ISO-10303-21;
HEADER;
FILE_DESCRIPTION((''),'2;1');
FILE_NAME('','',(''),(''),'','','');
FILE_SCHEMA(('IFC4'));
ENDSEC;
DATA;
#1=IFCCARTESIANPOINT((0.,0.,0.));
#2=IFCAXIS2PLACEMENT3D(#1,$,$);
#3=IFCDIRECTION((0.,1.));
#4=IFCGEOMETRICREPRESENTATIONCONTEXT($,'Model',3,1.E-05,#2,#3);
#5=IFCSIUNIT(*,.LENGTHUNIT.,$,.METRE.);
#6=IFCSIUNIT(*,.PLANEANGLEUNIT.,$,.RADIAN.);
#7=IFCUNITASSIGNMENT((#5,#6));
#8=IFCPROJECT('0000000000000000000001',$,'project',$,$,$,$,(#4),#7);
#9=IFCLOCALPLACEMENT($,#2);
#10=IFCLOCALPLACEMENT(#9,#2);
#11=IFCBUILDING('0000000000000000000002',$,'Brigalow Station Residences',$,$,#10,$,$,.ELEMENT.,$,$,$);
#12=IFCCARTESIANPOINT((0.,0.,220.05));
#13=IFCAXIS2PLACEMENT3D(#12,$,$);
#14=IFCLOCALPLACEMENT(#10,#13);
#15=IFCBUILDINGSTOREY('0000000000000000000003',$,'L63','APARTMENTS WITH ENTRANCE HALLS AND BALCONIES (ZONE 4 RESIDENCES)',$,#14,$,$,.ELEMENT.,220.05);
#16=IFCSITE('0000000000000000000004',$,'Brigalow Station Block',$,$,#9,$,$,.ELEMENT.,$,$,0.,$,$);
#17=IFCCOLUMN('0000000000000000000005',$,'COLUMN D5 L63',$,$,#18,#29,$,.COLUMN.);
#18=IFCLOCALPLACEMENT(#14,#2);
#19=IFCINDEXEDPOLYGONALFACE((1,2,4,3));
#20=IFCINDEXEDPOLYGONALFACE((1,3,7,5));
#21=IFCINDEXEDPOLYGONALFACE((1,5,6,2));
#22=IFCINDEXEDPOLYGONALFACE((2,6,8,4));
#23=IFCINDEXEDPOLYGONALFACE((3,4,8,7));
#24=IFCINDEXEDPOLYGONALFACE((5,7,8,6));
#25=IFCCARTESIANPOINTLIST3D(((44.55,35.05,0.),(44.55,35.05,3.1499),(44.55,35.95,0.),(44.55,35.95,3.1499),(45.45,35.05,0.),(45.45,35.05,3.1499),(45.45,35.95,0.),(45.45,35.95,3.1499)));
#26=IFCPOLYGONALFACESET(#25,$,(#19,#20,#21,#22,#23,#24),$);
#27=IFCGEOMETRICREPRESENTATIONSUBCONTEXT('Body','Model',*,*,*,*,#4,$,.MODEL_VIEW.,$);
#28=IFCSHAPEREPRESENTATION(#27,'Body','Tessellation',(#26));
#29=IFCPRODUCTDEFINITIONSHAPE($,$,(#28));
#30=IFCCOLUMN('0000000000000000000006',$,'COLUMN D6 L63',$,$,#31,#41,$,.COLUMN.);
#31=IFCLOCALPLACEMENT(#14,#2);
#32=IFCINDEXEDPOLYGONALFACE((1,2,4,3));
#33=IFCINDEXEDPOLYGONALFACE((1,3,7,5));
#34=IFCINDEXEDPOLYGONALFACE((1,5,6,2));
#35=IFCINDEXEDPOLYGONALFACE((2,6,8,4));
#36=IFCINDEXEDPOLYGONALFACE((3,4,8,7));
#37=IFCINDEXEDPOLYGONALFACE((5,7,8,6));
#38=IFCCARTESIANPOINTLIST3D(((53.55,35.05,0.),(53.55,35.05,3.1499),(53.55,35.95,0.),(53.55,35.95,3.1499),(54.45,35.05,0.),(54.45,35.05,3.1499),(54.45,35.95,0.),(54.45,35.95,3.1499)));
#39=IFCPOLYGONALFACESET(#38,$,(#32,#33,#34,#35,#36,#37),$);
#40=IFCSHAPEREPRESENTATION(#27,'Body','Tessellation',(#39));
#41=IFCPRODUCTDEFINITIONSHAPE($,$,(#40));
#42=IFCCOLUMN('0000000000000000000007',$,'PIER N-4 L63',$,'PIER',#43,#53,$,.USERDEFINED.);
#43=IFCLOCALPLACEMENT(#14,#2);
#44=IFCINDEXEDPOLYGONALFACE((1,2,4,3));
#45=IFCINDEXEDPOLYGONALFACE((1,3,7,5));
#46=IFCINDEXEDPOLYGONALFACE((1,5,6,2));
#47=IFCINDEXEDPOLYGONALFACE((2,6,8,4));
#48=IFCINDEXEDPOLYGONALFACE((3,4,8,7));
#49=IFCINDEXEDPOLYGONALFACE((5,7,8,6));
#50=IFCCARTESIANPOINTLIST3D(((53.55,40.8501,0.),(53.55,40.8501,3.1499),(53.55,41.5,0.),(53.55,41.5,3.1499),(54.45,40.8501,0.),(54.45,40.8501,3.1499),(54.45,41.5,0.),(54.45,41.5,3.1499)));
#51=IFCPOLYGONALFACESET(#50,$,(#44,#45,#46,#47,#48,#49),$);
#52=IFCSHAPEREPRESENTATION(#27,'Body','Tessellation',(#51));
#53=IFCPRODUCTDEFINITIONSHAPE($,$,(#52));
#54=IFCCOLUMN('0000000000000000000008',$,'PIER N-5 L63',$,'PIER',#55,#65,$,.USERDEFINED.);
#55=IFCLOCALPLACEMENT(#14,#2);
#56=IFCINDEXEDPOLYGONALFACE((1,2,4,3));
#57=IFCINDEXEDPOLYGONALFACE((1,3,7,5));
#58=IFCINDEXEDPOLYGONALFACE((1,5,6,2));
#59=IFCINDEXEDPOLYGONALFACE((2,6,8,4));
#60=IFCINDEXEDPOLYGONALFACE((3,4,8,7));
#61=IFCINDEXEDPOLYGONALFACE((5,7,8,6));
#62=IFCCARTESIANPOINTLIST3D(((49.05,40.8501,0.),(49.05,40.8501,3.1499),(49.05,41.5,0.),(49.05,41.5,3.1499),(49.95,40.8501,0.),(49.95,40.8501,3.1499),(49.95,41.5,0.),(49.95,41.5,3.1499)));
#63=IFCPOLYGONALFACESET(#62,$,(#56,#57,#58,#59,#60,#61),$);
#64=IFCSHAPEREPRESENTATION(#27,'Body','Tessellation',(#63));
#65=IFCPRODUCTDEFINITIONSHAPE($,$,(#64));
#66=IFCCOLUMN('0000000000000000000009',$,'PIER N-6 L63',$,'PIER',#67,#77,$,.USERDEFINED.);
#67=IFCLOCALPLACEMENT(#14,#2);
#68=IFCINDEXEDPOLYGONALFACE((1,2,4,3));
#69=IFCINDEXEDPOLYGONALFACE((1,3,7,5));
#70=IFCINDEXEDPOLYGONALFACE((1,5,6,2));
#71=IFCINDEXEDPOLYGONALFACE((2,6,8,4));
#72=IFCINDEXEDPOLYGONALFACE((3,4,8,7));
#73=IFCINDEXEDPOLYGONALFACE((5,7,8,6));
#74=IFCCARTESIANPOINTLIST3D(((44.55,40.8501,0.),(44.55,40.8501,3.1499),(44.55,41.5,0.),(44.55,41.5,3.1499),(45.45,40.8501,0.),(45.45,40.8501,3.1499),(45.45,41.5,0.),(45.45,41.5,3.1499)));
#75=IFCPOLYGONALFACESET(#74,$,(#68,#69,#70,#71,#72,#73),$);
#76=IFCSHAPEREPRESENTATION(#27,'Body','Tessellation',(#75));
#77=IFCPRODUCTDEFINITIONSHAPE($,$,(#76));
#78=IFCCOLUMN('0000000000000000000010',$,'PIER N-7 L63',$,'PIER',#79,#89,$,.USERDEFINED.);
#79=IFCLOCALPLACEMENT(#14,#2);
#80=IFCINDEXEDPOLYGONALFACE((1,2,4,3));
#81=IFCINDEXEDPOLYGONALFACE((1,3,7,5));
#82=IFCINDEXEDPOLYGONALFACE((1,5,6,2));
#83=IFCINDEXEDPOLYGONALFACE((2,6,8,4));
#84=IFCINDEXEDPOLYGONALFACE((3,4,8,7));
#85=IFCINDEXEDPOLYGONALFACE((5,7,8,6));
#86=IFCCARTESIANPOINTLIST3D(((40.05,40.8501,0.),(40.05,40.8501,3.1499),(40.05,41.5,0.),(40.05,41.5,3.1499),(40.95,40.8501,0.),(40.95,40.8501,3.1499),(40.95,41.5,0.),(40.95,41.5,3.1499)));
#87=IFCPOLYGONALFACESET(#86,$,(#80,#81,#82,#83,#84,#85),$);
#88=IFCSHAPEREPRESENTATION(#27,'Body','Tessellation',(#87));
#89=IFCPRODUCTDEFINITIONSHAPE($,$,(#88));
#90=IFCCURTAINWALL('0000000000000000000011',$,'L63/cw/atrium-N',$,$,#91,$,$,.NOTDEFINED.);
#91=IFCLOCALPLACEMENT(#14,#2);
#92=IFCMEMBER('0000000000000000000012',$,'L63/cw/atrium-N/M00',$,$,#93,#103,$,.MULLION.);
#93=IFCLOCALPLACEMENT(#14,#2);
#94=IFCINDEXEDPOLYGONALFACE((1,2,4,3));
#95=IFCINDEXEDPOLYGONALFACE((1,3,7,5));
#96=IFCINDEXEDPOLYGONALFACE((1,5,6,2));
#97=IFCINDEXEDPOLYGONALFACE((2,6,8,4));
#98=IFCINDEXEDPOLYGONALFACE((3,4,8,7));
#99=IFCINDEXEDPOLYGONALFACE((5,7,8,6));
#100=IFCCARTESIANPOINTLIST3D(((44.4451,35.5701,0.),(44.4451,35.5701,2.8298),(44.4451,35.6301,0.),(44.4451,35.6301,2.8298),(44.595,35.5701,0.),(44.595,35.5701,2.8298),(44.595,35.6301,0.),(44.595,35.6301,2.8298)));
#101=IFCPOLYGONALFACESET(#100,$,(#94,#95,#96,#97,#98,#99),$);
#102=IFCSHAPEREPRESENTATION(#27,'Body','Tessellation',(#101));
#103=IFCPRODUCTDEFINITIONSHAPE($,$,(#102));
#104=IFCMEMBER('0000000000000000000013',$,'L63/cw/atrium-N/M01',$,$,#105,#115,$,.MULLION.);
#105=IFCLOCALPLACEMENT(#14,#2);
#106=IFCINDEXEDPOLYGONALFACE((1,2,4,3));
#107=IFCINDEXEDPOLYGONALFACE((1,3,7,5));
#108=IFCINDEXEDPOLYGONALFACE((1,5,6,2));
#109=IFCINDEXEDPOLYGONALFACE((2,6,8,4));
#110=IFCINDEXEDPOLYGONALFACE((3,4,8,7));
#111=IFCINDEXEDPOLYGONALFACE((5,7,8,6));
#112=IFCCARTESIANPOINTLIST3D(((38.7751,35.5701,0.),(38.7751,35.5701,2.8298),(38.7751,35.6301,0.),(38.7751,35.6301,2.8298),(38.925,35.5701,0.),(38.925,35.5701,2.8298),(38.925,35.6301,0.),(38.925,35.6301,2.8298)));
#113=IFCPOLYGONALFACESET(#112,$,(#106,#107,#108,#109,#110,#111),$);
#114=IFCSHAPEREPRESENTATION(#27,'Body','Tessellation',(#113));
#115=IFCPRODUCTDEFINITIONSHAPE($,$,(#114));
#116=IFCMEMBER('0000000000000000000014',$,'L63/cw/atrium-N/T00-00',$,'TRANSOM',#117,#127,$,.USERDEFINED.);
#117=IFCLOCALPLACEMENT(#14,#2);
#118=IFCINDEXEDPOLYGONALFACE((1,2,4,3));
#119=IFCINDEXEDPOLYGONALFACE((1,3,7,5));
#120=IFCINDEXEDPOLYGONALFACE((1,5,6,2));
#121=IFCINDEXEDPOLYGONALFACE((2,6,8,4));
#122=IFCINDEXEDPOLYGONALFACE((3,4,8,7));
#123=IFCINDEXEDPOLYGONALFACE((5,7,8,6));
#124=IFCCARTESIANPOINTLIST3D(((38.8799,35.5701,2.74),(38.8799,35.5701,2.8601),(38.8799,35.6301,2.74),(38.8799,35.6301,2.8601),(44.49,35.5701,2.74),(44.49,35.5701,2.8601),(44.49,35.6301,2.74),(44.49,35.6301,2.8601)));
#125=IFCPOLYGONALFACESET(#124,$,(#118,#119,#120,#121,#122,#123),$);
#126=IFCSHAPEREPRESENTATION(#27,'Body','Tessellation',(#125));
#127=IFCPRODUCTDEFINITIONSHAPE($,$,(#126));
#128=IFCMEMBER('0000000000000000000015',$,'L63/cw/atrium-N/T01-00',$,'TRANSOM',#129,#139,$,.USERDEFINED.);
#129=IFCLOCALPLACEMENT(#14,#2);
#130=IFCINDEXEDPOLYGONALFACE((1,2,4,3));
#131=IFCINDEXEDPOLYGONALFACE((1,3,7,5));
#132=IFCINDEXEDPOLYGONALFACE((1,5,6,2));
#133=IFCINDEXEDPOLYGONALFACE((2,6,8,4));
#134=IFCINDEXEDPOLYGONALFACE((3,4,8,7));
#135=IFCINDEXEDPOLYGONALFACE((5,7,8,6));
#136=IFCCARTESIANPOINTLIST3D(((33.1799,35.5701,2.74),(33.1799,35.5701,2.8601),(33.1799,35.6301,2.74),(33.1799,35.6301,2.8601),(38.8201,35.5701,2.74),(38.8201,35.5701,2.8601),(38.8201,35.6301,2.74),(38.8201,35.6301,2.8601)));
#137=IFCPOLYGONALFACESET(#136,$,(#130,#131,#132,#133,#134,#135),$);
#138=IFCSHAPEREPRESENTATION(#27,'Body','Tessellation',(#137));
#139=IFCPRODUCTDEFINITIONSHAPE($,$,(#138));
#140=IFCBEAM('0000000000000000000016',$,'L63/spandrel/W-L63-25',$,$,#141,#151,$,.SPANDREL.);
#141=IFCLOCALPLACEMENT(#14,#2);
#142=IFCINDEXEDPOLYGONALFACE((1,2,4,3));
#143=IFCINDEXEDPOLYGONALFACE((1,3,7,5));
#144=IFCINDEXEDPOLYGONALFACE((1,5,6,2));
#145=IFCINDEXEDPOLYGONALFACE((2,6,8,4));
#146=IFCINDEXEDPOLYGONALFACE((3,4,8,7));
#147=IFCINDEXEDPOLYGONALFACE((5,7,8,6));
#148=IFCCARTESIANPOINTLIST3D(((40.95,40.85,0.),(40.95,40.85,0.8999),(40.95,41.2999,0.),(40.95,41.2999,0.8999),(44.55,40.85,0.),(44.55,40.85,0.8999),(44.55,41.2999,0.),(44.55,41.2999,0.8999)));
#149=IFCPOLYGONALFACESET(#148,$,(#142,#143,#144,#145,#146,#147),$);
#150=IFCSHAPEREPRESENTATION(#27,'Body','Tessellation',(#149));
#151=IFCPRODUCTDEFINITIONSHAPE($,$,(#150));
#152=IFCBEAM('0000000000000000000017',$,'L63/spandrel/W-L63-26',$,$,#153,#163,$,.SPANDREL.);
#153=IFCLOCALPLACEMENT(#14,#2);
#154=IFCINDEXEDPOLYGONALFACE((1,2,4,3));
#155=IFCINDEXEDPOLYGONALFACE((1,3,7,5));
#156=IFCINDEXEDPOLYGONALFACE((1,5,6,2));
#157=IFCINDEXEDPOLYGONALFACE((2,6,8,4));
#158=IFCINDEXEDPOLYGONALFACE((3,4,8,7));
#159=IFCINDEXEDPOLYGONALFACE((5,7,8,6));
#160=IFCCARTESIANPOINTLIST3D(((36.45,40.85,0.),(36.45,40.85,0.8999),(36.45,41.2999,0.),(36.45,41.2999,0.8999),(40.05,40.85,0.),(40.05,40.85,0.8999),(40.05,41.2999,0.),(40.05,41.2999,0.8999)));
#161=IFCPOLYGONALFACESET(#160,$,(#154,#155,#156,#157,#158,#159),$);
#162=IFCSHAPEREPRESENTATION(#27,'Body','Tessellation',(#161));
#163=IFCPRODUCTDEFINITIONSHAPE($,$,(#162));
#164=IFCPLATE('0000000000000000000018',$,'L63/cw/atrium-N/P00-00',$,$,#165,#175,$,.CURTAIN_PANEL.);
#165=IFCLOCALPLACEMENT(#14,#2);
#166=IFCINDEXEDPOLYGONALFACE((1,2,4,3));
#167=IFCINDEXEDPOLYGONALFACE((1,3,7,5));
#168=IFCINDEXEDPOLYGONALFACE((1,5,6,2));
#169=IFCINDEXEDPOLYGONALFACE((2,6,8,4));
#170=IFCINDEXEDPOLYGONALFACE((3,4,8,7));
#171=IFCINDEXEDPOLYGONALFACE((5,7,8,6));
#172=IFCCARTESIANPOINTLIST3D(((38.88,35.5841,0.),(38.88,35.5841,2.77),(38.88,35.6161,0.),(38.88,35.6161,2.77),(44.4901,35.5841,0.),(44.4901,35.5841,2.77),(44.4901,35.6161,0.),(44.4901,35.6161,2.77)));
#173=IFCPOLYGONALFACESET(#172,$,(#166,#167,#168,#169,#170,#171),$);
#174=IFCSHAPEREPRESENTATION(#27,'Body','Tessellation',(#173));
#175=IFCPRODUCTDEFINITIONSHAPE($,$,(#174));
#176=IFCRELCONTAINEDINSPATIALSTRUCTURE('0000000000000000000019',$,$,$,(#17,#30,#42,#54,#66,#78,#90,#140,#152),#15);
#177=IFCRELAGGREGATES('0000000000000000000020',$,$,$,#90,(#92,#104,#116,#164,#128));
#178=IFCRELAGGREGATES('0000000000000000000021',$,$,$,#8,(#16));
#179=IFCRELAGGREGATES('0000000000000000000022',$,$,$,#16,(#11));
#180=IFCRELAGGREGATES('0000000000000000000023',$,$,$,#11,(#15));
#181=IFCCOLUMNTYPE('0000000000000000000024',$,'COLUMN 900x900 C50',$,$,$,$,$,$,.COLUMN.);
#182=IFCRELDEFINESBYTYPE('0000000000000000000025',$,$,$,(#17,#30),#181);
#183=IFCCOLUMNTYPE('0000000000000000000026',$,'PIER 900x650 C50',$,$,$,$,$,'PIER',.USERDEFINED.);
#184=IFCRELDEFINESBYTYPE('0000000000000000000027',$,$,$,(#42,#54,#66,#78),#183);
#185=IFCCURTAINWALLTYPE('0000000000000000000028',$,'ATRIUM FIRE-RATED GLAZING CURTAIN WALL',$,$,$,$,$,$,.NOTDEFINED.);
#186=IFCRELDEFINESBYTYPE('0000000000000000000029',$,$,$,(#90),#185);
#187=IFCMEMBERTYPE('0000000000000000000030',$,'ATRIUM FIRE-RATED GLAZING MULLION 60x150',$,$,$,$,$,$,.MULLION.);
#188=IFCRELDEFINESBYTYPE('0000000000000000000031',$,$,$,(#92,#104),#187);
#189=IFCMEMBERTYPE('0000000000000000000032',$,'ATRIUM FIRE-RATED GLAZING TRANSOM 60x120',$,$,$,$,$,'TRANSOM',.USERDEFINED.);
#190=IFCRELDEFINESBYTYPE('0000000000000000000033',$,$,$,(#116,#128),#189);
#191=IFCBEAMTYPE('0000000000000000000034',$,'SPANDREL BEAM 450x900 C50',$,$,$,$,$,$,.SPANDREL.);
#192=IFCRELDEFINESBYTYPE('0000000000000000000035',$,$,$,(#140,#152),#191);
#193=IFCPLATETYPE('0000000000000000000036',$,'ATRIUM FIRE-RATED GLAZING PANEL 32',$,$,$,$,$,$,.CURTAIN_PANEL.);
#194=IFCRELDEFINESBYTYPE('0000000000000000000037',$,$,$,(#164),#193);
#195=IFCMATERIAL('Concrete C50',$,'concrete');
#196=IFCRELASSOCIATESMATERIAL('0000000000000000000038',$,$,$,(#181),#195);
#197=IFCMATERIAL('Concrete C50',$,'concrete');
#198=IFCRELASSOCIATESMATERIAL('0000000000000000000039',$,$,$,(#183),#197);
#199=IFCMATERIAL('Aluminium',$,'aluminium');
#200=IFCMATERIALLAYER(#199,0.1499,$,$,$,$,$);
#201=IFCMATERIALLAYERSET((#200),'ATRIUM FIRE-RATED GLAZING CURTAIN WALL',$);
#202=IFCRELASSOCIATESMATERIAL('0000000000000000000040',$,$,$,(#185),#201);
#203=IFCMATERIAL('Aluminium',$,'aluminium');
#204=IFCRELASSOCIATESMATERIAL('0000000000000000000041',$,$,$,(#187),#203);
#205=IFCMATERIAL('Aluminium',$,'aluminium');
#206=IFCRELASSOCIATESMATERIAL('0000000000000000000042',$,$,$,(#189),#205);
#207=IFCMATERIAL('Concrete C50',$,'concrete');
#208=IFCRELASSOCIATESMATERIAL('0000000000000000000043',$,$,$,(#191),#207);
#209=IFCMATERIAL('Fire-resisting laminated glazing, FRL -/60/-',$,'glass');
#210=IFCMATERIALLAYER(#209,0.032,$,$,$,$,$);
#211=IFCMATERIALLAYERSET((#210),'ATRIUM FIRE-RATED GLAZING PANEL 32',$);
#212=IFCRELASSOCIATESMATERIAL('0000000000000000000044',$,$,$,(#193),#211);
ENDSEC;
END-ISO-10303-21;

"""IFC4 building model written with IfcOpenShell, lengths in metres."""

from ifc_helpers import new_model, si_unit, direction, frame, origin, origin_2d, place, context, subcontext, project, spatial, rectangle, extrude, material, layer, layer_set, material_profile, profile_set, type_object, element, aggregate, save


model = new_model("IFC4")

# Units and contexts
model_context = context("Model", 3, precision=1e-05, world=origin(), true_north=direction((0.0, 1.0)))
body_context = subcontext(model_context, "Body", "Model", "MODEL_VIEW")
ifc_project = project(units=[si_unit("LENGTHUNIT", "METRE"), si_unit("PLANEANGLEUNIT", "RADIAN")], contexts=[model_context])

# Site, building, storey
site_placement = place(None, origin())
site = spatial("IfcSite", under=ifc_project, at=site_placement, Name="Brigalow Station Block", CompositionType="ELEMENT", RefElevation=0.0)
building_placement = place(site_placement, origin())
building = spatial("IfcBuilding", under=site, at=building_placement, Name="Brigalow Station Residences", CompositionType="ELEMENT")
storey_placement = place(building_placement, frame((0.0, 0.0, 220.05)))
storey = spatial("IfcBuildingStorey", under=building, at=storey_placement, Name="L63", Description="APARTMENTS WITH ENTRANCE HALLS AND BALCONIES (ZONE 4 RESIDENCES)", CompositionType="ELEMENT", Elevation=220.05)

# Columns
ifc_material_1 = material(Name="Concrete C50", Category="concrete")
ifc_material_profile_1 = material_profile(ifc_material_1, rectangle(XDim=0.8999, YDim=0.8999, at=origin_2d()), Name="RC900x900")
ifc_profile_set_1 = profile_set([ifc_material_profile_1], Name="Concrete C50")
column_type_1 = type_object("IfcColumnType", Name="COLUMN 900x900 C50", PredefinedType="COLUMN", material=ifc_profile_set_1)
for number, where, z_axis, x_axis, name in (
    (1, (45.0, 35.5, 0.0), (0.0, 0.0, 1.0), (1.0, 0.0, 0.0), "COLUMN D5 L63"),
    (2, (54.0, 35.5, 0.0), (0.0, 0.0, 1.0), (1.0, 0.0, 0.0), "COLUMN D6 L63"),
):
    element("IfcColumn", number, at=place(storey_placement, frame(where, z_axis=z_axis, x_axis=x_axis)), inside=storey, type_object=column_type_1, Name=name, PredefinedType="COLUMN", context=body_context, shape_type="SweptSolid", body=[
        extrude(rectangle(XDim=0.8999, YDim=0.8999, at=origin_2d()), origin(), (0.0, 0.0, 1.0), 3.1499),
    ])
ifc_material_2 = material(Name="Concrete C50", Category="concrete")
ifc_material_profile_2 = material_profile(ifc_material_2, rectangle(XDim=0.8999, YDim=0.6499, at=origin_2d()), Name="RC900x650")
ifc_profile_set_2 = profile_set([ifc_material_profile_2], Name="Concrete C50")
column_type_2 = type_object("IfcColumnType", Name="PIER 900x650 C50", ElementType="PIER", PredefinedType="USERDEFINED", material=ifc_profile_set_2)
for number, where, z_axis, x_axis, name in (
    (3, (54.0, 41.175, 0.0), (0.0, 0.0, 1.0), (-1.0, 0.0, 0.0), "PIER N-4 L63"),
    (4, (49.5, 41.175, 0.0), (0.0, 0.0, 1.0), (-1.0, 0.0, 0.0), "PIER N-5 L63"),
    (5, (45.0, 41.175, 0.0), (0.0, 0.0, 1.0), (-1.0, 0.0, 0.0), "PIER N-6 L63"),
    (6, (40.5, 41.175, 0.0), (0.0, 0.0, 1.0), (-1.0, 0.0, 0.0), "PIER N-7 L63"),
):
    element("IfcColumn", number, at=place(storey_placement, frame(where, z_axis=z_axis, x_axis=x_axis)), inside=storey, type_object=column_type_2, Name=name, ObjectType="PIER", PredefinedType="USERDEFINED", context=body_context, shape_type="SweptSolid", body=[
        extrude(rectangle(XDim=0.8999, YDim=0.6499, at=origin_2d()), origin(), (0.0, 0.0, 1.0), 3.1499),
    ])

# Curtain wall, members
ifc_material_3 = material(Name="Aluminium", Category="aluminium")
ifc_layer_1 = layer(ifc_material_3, 0.1499)
ifc_layer_set_1 = layer_set([ifc_layer_1], Name="ATRIUM FIRE-RATED GLAZING CURTAIN WALL")
curtain_wall_type = type_object("IfcCurtainWallType", Name="ATRIUM FIRE-RATED GLAZING CURTAIN WALL", PredefinedType="NOTDEFINED", material=ifc_layer_set_1)
curtain_wall_placement = place(storey_placement, origin())
curtain_wall = element("IfcCurtainWall", 7, at=curtain_wall_placement, inside=storey, type_object=curtain_wall_type, Name="L63/cw/atrium-N", PredefinedType="NOTDEFINED")
ifc_material_4 = material(Name="Aluminium", Category="aluminium")
ifc_material_profile_3 = material_profile(ifc_material_4, rectangle(XDim=0.0601, YDim=0.1499, at=origin_2d()), Name="ATRIUM FIRE-RATED GLAZING MULLION 60x150")
ifc_profile_set_3 = profile_set([ifc_material_profile_3], Name="Aluminium")
member_type_1 = type_object("IfcMemberType", Name="ATRIUM FIRE-RATED GLAZING MULLION 60x150", PredefinedType="MULLION", material=ifc_profile_set_3)
member_1_placement = place(storey_placement, frame((44.52, 35.6001, 0.0), z_axis=(0.0, 0.0, 1.0), x_axis=(0.0, -1.0, 0.0)))
member_1 = element("IfcMember", 8, at=member_1_placement, type_object=member_type_1, Name="L63/cw/atrium-N/M00", PredefinedType="MULLION", context=body_context, shape_type="SweptSolid", body=[
    extrude(rectangle(XDim=0.0601, YDim=0.1499, at=origin_2d()), origin(), (0.0, 0.0, 1.0), 2.8298),
])
member_2_placement = place(storey_placement, frame((38.8501, 35.6001, 0.0), z_axis=(0.0, 0.0, 1.0), x_axis=(0.0, -1.0, 0.0)))
member_2 = element("IfcMember", 9, at=member_2_placement, type_object=member_type_1, Name="L63/cw/atrium-N/M01", PredefinedType="MULLION", context=body_context, shape_type="SweptSolid", body=[
    extrude(rectangle(XDim=0.0601, YDim=0.1499, at=origin_2d()), origin(), (0.0, 0.0, 1.0), 2.8298),
])
ifc_material_5 = material(Name="Aluminium", Category="aluminium")
ifc_material_profile_4 = material_profile(ifc_material_5, rectangle(XDim=0.0601, YDim=0.1201, at=origin_2d()), Name="ATRIUM FIRE-RATED GLAZING TRANSOM 60x120")
ifc_profile_set_4 = profile_set([ifc_material_profile_4], Name="Aluminium")
member_type_2 = type_object("IfcMemberType", Name="ATRIUM FIRE-RATED GLAZING TRANSOM 60x120", ElementType="TRANSOM", PredefinedType="USERDEFINED", material=ifc_profile_set_4)
member_3_placement = place(storey_placement, frame((44.49, 35.6001, 2.8), z_axis=(-1.0, 0.0, 0.0), x_axis=(0.0, -1.0, 0.0)))
member_3 = element("IfcMember", 10, at=member_3_placement, type_object=member_type_2, Name="L63/cw/atrium-N/T00-00", ObjectType="TRANSOM", PredefinedType="USERDEFINED", context=body_context, shape_type="SweptSolid", body=[
    extrude(rectangle(XDim=0.0601, YDim=0.1201, at=origin_2d()), origin(), (0.0, 0.0, 1.0), 5.6101),
])
member_4_placement = place(storey_placement, frame((38.8201, 35.6001, 2.8), z_axis=(-1.0, 0.0, 0.0), x_axis=(0.0, -1.0, 0.0)))
member_4 = element("IfcMember", 11, at=member_4_placement, type_object=member_type_2, Name="L63/cw/atrium-N/T01-00", ObjectType="TRANSOM", PredefinedType="USERDEFINED", context=body_context, shape_type="SweptSolid", body=[
    extrude(rectangle(XDim=0.0601, YDim=0.1201, at=origin_2d()), origin(), (0.0, 0.0, 1.0), 5.6401),
])

# Beams
ifc_material_6 = material(Name="Concrete C50", Category="concrete")
ifc_material_profile_5 = material_profile(ifc_material_6, rectangle(XDim=0.45, YDim=0.8999, at=origin_2d()), Name="RC450x900")
ifc_profile_set_5 = profile_set([ifc_material_profile_5], Name="Concrete C50")
beam_type = type_object("IfcBeamType", Name="SPANDREL BEAM 450x900 C50", PredefinedType="SPANDREL", material=ifc_profile_set_5)
for number, where, z_axis, x_axis, name in (
    (12, (44.55, 41.075, 0.45), (-1.0, 0.0, 0.0), (0.0, -1.0, 0.0), "L63/spandrel/W-L63-25"),
    (13, (40.05, 41.075, 0.45), (-1.0, 0.0, 0.0), (0.0, -1.0, 0.0), "L63/spandrel/W-L63-26"),
):
    element("IfcBeam", number, at=place(storey_placement, frame(where, z_axis=z_axis, x_axis=x_axis)), inside=storey, type_object=beam_type, Name=name, PredefinedType="SPANDREL", context=body_context, shape_type="SweptSolid", body=[
        extrude(rectangle(XDim=0.45, YDim=0.8999, at=origin_2d()), origin(), (0.0, 0.0, 1.0), 3.6001),
    ])

# Plate
ifc_material_7 = material(Name="Fire-resisting laminated glazing, FRL -/60/-", Category="glass")
ifc_layer_2 = layer(ifc_material_7, 0.032)
ifc_layer_set_2 = layer_set([ifc_layer_2], Name="ATRIUM FIRE-RATED GLAZING PANEL 32")
plate_type = type_object("IfcPlateType", Name="ATRIUM FIRE-RATED GLAZING PANEL 32", PredefinedType="CURTAIN_PANEL", material=ifc_layer_set_2)
plate_placement = place(storey_placement, frame((41.6851, 35.6001, 0.0), z_axis=(0.0, 0.0, 1.0), x_axis=(-1.0, 0.0, 0.0)))
plate = element("IfcPlate", 14, at=plate_placement, type_object=plate_type, Name="L63/cw/atrium-N/P00-00", PredefinedType="CURTAIN_PANEL", context=body_context, shape_type="SweptSolid", body=[
    extrude(rectangle(XDim=5.6101, YDim=0.032, at=origin_2d()), origin(), (0.0, 0.0, 1.0), 2.77),
])
aggregate(curtain_wall, [member_1, member_2, member_3, plate, member_4])

save(model, "model.ifc")
